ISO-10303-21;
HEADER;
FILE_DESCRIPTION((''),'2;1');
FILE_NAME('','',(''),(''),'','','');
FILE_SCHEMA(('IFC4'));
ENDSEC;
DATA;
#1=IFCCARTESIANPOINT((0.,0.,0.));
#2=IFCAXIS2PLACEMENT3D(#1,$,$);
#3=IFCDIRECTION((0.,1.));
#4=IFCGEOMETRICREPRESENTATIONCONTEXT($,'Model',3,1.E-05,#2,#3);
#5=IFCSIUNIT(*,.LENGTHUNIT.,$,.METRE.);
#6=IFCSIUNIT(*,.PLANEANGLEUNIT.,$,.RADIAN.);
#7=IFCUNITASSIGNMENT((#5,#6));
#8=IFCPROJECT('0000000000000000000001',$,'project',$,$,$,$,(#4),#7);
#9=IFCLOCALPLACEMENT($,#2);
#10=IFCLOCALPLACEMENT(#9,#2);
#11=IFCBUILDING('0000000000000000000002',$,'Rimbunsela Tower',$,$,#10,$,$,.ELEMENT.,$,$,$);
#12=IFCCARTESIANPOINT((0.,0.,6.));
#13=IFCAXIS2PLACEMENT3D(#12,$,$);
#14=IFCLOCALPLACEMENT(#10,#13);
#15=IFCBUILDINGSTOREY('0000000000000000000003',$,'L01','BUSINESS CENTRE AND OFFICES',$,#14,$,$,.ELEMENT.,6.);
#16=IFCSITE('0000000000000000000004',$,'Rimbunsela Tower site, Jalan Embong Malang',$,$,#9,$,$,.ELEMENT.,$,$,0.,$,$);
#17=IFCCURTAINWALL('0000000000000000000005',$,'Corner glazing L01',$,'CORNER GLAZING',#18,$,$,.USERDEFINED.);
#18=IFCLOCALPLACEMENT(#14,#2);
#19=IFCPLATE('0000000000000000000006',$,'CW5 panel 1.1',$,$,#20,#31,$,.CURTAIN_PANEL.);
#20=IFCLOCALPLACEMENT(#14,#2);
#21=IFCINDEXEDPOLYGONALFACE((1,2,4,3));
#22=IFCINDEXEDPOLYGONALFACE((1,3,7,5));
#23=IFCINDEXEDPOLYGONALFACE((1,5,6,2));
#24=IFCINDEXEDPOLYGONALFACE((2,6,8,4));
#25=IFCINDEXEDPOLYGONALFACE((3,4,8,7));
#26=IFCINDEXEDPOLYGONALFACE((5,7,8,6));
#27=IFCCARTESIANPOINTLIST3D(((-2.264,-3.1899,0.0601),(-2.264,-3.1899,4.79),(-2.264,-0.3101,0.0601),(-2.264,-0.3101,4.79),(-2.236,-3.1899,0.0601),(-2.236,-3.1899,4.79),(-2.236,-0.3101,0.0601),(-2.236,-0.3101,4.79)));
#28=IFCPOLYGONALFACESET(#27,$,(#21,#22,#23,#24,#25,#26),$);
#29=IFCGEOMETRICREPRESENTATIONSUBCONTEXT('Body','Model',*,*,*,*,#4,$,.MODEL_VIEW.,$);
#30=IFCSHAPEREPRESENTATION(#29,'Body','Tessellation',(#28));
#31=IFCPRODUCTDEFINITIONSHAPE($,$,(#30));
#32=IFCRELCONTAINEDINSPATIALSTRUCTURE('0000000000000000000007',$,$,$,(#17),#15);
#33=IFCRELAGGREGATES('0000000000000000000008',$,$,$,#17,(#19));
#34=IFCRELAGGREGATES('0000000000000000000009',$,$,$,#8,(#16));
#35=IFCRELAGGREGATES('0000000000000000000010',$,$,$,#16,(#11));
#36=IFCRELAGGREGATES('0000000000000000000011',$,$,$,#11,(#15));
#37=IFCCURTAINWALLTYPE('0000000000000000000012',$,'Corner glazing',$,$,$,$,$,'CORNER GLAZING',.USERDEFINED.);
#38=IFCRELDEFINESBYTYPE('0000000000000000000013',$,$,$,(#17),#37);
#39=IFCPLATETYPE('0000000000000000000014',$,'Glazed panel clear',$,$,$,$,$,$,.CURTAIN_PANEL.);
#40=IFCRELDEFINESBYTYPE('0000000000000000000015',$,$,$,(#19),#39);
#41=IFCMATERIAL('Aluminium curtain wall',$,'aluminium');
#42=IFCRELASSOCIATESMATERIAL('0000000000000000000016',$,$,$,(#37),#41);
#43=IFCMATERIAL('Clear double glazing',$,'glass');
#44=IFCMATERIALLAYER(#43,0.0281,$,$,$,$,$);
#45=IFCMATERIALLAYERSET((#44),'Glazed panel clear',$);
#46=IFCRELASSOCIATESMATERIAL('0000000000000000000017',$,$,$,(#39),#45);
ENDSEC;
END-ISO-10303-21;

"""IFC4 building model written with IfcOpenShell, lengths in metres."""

from ifc_helpers import new_model, si_unit, direction, frame, origin, origin_2d, place, context, subcontext, project, spatial, rectangle, extrude, material, layer, layer_set, type_object, element, aggregate, save


model = new_model("IFC4")

# Units and contexts
model_context = context("Model", 3, precision=1e-05, world=origin(), true_north=direction((0.0, 1.0)))
body_context = subcontext(model_context, "Body", "Model", "MODEL_VIEW")
ifc_project = project(units=[si_unit("LENGTHUNIT", "METRE"), si_unit("PLANEANGLEUNIT", "RADIAN")], contexts=[model_context])

# Site, building, storey
site_placement = place(None, origin())
site = spatial("IfcSite", under=ifc_project, at=site_placement, Name="Rimbunsela Tower site, Jalan Embong Malang", CompositionType="ELEMENT", RefElevation=0.0)
building_placement = place(site_placement, origin())
building = spatial("IfcBuilding", under=site, at=building_placement, Name="Rimbunsela Tower", CompositionType="ELEMENT")
storey_placement = place(building_placement, frame((0.0, 0.0, 6.0)))
storey = spatial("IfcBuildingStorey", under=building, at=storey_placement, Name="L01", Description="BUSINESS CENTRE AND OFFICES", CompositionType="ELEMENT", Elevation=6.0)

# Curtain wall
ifc_material_1 = material(Name="Aluminium curtain wall", Category="aluminium")
curtain_wall_type_1 = type_object("IfcCurtainWallType", Name="Corner glazing", ElementType="CORNER GLAZING", PredefinedType="USERDEFINED", material=ifc_material_1)
curtain_wall_1_placement = place(storey_placement, origin())
curtain_wall_1 = element("IfcCurtainWall", 1, at=curtain_wall_1_placement, inside=storey, type_object=curtain_wall_type_1, Name="Corner glazing L01", ObjectType="CORNER GLAZING", PredefinedType="USERDEFINED")

# Plate
ifc_material_2 = material(Name="Clear double glazing", Category="glass")
ifc_layer_1 = layer(ifc_material_2, 0.0281)
ifc_layer_set_1 = layer_set([ifc_layer_1], Name="Glazed panel clear")
plate_type_1 = type_object("IfcPlateType", Name="Glazed panel clear", PredefinedType="CURTAIN_PANEL", material=ifc_layer_set_1)
plate_1_placement = place(storey_placement, frame((-2.25, -1.75, 0.0601), z_axis=(0.0, 0.0, 1.0), x_axis=(0.0, -1.0, 0.0)))
plate_1 = element("IfcPlate", 2, at=plate_1_placement, type_object=plate_type_1, Name="CW5 panel 1.1", PredefinedType="CURTAIN_PANEL", context=body_context, shape_type="SweptSolid", body=[
    extrude(rectangle(XDim=2.8799, YDim=0.0281, at=origin_2d()), origin(), (0.0, 0.0, 1.0), 4.73),
])
aggregate(curtain_wall_1, [plate_1])

save(model, "model.ifc")
